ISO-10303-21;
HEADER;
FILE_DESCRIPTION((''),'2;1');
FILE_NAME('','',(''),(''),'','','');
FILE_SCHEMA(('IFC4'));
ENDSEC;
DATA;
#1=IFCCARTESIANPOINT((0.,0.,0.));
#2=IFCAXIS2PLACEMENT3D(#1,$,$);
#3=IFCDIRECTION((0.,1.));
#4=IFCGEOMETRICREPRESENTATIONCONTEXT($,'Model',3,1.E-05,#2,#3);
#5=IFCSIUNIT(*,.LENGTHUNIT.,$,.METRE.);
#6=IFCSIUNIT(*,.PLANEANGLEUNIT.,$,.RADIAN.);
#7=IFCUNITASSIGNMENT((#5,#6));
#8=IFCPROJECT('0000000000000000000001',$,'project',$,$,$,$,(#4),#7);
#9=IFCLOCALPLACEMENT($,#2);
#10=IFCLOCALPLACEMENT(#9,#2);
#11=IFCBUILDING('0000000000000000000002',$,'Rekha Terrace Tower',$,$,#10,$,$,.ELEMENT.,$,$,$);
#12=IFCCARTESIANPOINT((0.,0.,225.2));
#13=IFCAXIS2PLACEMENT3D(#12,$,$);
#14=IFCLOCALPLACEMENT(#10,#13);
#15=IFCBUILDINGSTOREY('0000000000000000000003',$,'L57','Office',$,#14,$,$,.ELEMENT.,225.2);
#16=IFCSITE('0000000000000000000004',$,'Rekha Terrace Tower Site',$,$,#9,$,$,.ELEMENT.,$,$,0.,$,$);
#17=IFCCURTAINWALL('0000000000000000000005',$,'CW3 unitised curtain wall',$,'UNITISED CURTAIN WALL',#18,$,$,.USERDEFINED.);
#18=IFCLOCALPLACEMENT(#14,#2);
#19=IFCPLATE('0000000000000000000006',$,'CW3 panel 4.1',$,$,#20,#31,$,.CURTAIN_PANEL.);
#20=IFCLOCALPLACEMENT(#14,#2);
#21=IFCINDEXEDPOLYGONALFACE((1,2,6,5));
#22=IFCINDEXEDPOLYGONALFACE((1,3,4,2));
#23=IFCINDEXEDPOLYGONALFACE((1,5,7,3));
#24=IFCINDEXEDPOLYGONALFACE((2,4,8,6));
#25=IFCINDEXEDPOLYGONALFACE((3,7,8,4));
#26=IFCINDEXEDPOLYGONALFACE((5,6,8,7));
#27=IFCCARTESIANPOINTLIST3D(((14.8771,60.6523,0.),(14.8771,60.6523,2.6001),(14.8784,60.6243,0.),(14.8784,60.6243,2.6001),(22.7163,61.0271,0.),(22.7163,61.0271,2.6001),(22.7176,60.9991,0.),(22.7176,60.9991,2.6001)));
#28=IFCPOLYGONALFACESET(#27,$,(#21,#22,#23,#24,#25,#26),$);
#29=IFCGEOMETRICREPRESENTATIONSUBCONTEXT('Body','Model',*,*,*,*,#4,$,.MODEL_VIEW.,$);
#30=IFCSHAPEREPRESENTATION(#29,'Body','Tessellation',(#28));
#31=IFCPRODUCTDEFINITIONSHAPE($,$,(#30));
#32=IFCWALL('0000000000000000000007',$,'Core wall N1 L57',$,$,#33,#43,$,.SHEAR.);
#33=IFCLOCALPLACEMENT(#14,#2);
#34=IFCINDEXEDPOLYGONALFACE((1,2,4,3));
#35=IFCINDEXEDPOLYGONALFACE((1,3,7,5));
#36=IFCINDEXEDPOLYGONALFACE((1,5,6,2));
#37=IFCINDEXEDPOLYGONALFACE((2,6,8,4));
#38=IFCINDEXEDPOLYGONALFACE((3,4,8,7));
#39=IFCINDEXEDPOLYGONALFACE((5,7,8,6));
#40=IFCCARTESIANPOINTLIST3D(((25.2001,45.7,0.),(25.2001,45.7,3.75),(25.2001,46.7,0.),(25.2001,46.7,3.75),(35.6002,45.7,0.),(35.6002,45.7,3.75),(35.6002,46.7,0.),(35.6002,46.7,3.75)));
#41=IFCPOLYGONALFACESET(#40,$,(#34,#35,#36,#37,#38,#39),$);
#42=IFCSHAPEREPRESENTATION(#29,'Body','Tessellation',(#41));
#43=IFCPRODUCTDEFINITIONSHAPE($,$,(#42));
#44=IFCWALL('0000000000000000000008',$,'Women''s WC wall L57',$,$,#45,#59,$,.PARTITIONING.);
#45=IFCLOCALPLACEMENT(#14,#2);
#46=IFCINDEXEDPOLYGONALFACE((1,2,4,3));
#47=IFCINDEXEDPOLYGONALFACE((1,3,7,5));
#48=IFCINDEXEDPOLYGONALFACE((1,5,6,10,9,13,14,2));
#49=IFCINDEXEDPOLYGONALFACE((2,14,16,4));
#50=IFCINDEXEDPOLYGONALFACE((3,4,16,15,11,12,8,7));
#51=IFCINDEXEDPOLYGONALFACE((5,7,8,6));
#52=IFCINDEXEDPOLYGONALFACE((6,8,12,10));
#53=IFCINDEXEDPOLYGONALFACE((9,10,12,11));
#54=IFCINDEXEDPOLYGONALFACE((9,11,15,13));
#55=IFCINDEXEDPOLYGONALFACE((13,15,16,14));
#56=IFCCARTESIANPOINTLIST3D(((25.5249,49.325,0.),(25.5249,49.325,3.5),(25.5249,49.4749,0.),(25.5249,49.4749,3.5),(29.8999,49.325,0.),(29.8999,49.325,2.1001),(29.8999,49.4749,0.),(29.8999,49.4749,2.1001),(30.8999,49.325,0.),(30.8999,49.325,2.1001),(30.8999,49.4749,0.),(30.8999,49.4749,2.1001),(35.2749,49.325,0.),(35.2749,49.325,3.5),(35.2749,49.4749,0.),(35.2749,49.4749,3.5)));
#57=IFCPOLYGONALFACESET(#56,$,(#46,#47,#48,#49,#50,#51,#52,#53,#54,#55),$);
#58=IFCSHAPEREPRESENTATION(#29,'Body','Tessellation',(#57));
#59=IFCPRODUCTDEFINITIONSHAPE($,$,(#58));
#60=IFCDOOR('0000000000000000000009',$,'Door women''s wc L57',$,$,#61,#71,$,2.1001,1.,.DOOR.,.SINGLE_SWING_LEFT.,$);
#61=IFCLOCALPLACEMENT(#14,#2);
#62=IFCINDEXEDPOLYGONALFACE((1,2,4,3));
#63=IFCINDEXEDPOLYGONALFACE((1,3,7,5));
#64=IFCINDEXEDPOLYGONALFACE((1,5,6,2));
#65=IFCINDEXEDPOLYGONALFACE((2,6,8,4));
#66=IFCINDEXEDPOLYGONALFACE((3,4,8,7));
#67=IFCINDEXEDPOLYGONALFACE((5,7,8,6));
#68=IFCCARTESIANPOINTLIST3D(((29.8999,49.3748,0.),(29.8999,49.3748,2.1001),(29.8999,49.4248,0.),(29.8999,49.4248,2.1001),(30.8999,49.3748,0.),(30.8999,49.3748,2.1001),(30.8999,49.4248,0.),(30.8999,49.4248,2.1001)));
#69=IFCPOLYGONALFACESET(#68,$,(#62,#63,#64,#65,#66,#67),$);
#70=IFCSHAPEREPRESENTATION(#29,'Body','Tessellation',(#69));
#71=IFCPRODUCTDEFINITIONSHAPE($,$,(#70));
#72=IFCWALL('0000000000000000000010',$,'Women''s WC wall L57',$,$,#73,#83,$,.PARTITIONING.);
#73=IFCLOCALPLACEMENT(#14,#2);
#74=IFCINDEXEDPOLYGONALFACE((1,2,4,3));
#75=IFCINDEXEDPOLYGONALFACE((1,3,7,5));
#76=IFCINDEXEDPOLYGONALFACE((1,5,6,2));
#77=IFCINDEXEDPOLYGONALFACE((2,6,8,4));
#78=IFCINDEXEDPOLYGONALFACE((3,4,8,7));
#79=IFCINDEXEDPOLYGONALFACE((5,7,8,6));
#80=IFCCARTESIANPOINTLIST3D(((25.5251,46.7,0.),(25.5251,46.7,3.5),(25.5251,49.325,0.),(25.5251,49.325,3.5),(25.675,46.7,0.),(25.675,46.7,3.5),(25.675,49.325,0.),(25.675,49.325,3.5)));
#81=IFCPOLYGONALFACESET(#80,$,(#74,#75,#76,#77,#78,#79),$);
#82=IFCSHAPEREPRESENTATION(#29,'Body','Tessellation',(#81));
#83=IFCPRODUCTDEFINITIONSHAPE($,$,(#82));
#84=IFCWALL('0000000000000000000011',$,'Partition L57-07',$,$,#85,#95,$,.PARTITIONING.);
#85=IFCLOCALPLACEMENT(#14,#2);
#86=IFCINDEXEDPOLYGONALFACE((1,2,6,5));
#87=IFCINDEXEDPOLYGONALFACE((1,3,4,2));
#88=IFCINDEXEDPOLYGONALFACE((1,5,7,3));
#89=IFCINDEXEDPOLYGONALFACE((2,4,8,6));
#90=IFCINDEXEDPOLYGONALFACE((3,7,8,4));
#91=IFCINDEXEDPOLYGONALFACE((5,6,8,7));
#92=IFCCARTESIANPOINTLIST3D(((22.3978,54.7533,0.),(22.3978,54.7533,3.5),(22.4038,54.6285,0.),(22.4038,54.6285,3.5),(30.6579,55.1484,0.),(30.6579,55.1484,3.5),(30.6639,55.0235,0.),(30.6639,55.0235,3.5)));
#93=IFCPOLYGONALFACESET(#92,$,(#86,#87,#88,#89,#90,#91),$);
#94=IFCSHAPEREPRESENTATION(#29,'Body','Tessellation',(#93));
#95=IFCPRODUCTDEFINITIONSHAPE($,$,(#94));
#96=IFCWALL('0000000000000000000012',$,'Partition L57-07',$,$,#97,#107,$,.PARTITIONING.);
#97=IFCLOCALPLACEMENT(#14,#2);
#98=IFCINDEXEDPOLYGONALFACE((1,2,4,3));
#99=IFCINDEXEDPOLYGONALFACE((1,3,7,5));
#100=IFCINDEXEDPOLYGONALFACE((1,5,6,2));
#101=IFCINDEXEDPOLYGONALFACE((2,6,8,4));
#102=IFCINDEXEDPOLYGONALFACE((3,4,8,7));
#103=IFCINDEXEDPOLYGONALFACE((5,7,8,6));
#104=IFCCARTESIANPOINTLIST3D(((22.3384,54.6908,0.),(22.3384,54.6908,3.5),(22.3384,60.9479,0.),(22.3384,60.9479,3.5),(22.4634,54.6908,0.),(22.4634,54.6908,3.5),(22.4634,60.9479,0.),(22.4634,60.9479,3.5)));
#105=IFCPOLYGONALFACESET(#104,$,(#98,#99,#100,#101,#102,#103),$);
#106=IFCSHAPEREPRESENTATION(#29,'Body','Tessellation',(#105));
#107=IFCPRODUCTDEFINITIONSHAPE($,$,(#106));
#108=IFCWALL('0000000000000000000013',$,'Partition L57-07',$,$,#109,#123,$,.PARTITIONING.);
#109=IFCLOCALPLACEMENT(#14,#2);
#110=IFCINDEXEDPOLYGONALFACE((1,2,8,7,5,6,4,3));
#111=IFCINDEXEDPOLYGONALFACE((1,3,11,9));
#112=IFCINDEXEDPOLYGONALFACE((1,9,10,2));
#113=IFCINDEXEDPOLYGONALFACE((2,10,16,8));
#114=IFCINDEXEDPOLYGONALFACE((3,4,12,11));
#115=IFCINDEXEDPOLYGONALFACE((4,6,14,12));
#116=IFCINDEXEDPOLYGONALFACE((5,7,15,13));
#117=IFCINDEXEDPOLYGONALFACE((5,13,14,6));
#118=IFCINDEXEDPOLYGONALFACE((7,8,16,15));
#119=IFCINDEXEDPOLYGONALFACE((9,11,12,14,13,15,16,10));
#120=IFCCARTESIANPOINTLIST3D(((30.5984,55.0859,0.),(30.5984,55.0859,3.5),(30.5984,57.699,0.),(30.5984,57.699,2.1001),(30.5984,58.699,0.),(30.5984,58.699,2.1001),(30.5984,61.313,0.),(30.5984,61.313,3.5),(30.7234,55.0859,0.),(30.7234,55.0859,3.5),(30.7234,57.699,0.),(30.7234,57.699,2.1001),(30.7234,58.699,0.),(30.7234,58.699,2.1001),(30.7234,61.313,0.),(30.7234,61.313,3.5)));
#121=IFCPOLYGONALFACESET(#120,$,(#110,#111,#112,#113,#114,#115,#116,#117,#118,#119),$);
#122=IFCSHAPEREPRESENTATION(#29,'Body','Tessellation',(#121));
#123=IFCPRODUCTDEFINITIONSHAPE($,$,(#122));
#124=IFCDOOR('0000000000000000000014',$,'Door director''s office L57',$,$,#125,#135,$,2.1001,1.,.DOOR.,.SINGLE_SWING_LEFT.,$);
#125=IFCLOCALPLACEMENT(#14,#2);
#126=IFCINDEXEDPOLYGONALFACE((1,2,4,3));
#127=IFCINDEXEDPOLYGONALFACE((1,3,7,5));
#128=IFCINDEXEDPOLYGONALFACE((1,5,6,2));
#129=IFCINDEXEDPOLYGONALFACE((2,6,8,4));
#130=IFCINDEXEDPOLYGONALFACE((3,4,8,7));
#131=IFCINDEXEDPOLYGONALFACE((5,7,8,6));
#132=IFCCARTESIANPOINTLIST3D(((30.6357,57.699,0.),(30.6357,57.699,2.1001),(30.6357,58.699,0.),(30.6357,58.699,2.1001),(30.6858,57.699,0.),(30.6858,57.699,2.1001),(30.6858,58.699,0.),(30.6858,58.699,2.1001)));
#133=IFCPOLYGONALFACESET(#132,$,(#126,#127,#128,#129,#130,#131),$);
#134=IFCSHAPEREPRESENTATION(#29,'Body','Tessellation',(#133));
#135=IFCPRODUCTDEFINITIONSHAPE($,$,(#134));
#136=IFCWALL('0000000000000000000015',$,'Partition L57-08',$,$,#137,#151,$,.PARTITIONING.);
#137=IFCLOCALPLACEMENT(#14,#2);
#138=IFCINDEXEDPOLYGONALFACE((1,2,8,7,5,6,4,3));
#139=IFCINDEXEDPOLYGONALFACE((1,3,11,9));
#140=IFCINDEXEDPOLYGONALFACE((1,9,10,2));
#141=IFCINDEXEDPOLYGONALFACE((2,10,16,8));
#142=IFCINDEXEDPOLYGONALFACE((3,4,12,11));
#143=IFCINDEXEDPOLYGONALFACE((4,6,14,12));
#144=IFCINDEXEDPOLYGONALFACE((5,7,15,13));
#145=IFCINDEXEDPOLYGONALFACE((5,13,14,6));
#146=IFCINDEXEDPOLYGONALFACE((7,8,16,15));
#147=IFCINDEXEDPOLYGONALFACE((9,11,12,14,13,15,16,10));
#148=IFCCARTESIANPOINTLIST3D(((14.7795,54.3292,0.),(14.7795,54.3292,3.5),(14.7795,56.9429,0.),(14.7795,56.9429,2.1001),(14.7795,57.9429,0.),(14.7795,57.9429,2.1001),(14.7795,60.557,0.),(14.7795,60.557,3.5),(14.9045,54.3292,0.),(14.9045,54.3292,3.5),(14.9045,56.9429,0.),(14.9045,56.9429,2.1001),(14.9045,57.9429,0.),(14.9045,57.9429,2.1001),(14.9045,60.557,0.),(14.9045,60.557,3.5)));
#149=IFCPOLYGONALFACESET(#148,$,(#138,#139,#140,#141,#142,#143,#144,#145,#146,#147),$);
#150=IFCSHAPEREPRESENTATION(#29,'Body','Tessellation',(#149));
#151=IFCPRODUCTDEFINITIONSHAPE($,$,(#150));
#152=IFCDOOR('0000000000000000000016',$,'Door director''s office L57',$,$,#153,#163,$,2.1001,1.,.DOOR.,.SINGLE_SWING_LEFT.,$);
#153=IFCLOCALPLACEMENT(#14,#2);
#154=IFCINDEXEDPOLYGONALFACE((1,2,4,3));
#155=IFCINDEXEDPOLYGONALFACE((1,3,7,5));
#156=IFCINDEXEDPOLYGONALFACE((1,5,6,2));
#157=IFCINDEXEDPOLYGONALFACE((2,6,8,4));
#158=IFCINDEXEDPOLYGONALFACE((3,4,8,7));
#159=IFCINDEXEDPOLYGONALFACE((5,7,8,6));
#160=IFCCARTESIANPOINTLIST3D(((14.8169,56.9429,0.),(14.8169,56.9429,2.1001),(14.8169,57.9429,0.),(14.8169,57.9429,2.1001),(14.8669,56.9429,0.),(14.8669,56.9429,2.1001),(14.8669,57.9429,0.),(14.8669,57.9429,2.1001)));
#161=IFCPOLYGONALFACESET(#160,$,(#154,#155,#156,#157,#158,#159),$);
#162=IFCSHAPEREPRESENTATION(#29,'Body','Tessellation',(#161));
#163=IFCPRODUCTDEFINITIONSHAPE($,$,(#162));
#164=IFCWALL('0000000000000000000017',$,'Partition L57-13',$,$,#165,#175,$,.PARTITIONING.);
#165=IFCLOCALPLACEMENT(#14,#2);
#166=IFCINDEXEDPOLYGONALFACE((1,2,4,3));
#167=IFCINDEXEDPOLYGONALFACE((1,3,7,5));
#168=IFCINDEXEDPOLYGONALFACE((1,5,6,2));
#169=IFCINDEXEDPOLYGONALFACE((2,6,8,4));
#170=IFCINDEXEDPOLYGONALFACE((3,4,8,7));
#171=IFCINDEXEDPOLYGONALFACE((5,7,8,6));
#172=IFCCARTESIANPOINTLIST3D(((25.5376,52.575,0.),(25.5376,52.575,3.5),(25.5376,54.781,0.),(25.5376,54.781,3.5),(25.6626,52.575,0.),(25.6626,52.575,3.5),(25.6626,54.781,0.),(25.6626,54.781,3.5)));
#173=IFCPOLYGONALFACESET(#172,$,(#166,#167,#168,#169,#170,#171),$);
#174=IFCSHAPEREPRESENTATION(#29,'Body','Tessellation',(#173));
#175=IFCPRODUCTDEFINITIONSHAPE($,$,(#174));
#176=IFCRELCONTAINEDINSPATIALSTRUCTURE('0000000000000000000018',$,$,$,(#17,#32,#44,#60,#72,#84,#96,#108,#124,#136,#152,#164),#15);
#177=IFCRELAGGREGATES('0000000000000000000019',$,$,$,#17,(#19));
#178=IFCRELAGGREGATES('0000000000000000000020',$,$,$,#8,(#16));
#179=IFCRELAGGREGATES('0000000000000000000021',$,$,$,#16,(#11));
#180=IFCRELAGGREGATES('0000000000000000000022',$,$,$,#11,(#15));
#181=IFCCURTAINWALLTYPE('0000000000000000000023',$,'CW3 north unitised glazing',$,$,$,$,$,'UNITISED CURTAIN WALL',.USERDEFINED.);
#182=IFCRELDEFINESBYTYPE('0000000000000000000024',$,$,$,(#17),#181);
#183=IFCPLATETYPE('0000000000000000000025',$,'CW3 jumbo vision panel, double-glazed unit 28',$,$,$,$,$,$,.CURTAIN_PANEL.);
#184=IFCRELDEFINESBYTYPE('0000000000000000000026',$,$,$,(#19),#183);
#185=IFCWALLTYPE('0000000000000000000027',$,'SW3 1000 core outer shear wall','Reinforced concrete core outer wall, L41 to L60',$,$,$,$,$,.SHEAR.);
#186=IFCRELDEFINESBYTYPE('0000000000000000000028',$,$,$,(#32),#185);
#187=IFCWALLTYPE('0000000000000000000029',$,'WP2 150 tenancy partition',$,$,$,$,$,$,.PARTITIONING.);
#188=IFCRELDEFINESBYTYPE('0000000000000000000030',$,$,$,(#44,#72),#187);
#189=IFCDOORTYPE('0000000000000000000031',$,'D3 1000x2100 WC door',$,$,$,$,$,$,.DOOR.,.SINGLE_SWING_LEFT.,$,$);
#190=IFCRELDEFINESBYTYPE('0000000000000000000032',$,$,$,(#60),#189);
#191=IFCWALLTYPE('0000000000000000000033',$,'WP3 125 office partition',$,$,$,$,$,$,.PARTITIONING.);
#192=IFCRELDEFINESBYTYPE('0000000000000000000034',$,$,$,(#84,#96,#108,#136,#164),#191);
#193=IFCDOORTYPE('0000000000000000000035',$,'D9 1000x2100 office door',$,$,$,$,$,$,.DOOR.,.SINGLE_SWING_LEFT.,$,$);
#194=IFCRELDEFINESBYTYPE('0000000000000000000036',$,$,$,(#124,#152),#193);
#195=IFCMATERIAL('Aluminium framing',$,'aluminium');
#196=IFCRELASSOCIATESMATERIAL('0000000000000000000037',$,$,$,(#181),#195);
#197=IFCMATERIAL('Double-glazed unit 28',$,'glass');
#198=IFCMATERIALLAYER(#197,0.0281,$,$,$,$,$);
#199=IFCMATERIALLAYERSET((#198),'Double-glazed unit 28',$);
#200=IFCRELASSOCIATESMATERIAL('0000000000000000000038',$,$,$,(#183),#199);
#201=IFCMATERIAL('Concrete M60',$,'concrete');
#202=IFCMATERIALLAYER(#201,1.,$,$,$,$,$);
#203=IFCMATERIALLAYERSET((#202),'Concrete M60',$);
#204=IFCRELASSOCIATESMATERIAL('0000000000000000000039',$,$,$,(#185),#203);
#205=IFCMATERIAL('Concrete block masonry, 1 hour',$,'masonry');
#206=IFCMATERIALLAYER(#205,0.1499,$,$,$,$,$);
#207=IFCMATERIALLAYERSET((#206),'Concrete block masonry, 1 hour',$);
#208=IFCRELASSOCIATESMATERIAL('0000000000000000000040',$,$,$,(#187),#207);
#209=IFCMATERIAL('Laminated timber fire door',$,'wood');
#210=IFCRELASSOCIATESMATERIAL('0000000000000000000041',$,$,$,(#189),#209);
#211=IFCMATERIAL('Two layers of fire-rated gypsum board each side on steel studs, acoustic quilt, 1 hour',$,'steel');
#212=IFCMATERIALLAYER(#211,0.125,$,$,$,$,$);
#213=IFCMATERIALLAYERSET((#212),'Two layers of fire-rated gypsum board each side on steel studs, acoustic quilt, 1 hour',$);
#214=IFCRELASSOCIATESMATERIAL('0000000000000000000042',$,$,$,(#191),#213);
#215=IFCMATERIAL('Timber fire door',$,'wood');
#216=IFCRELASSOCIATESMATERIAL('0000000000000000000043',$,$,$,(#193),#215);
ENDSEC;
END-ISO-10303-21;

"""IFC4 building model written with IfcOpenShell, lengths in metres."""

from ifc_helpers import new_model, si_unit, direction, frame, frame_2d, origin, origin_2d, place, context, subcontext, project, spatial, rectangle, extrude, material, layer, layer_set, type_object, element, fill, aggregate, save


model = new_model("IFC4")

# Units and contexts
model_context = context("Model", 3, precision=1e-05, world=origin(), true_north=direction((0.0, 1.0)))
body_context = subcontext(model_context, "Body", "Model", "MODEL_VIEW")
ifc_project = project(units=[si_unit("LENGTHUNIT", "METRE"), si_unit("PLANEANGLEUNIT", "RADIAN")], contexts=[model_context])

# Site, building, storey
site_placement = place(None, origin())
site = spatial("IfcSite", under=ifc_project, at=site_placement, Name="Rekha Terrace Tower Site", CompositionType="ELEMENT", RefElevation=0.0)
building_placement = place(site_placement, origin())
building = spatial("IfcBuilding", under=site, at=building_placement, Name="Rekha Terrace Tower", CompositionType="ELEMENT")
storey_placement = place(building_placement, frame((0.0, 0.0, 225.2)))
storey = spatial("IfcBuildingStorey", under=building, at=storey_placement, Name="L57", Description="Office", CompositionType="ELEMENT", Elevation=225.2)

# Curtain wall, plate
ifc_material_1 = material(Name="Aluminium framing", Category="aluminium")
curtain_wall_type = type_object("IfcCurtainWallType", Name="CW3 north unitised glazing", ElementType="UNITISED CURTAIN WALL", PredefinedType="USERDEFINED", material=ifc_material_1)
curtain_wall_placement = place(storey_placement, origin())
curtain_wall = element("IfcCurtainWall", 1, at=curtain_wall_placement, inside=storey, type_object=curtain_wall_type, Name="CW3 unitised curtain wall", ObjectType="UNITISED CURTAIN WALL", PredefinedType="USERDEFINED")
ifc_material_2 = material(Name="Double-glazed unit 28", Category="glass")
ifc_layer_1 = layer(ifc_material_2, 0.0281)
ifc_layer_set_1 = layer_set([ifc_layer_1], Name="Double-glazed unit 28")
plate_type = type_object("IfcPlateType", Name="CW3 jumbo vision panel, double-glazed unit 28", PredefinedType="CURTAIN_PANEL", material=ifc_layer_set_1)
plate_1_placement = place(storey_placement, frame((18.7974, 60.8257, 0.0), z_axis=(0.0, 0.0, 1.0), x_axis=(-0.998859, -0.047759, 0.0)))
plate_1 = element("IfcPlate", 2, at=plate_1_placement, type_object=plate_type, Name="CW3 panel 4.1", PredefinedType="CURTAIN_PANEL", context=body_context, shape_type="SweptSolid", body=[
    extrude(rectangle(XDim=7.8481, YDim=0.0281, at=origin_2d()), origin(), (0.0, 0.0, 1.0), 2.6001),
])
aggregate(curtain_wall, [plate_1])

# Wall
ifc_material_3 = material(Name="Concrete M60", Category="concrete")
ifc_layer_2 = layer(ifc_material_3, 1.0)
ifc_layer_set_2 = layer_set([ifc_layer_2], Name="Concrete M60")
wall_type_1 = type_object("IfcWallType", Name="SW3 1000 core outer shear wall", Description="Reinforced concrete core outer wall, L41 to L60", PredefinedType="SHEAR", material=ifc_layer_set_2)
wall_1_placement = place(storey_placement, frame((25.2, 46.2, 0.0), z_axis=(0.0, 0.0, 1.0), x_axis=(1.0, 0.0, 0.0)))
element("IfcWall", 3, at=wall_1_placement, inside=storey, type_object=wall_type_1, Name="Core wall N1 L57", PredefinedType="SHEAR", context=body_context, shape_type="SweptSolid", body=[
    extrude(rectangle(XDim=10.4001, YDim=1.0, at=frame_2d((5.2002, 0.0))), origin(), (0.0, 0.0, 1.0), 3.75),
])

# Wall, opening, door
ifc_material_4 = material(Name="Concrete block masonry, 1 hour", Category="masonry")
ifc_layer_3 = layer(ifc_material_4, 0.1499)
ifc_layer_set_3 = layer_set([ifc_layer_3], Name="Concrete block masonry, 1 hour")
wall_type_2 = type_object("IfcWallType", Name="WP2 150 tenancy partition", PredefinedType="PARTITIONING", material=ifc_layer_set_3)
wall_2_placement = place(storey_placement, frame((25.5249, 49.3999, 0.0), z_axis=(0.0, 0.0, 1.0), x_axis=(1.0, 0.0, 0.0)))
wall_2 = element("IfcWall", 4, at=wall_2_placement, inside=storey, type_object=wall_type_2, Name="Women's WC wall L57", PredefinedType="PARTITIONING", context=body_context, shape_type="SweptSolid", body=[
    extrude(rectangle(XDim=9.75, YDim=0.1499, at=frame_2d((4.875, 0.0))), origin(), (0.0, 0.0, 1.0), 3.5),
])
opening_1_placement = place(wall_2_placement, frame((4.375, 0.0, 0.0)))
opening_1 = element("IfcOpeningElement", 5, at=opening_1_placement, cuts=wall_2, PredefinedType="OPENING", context=body_context, shape_type="SweptSolid", body=[
    extrude(rectangle(XDim=1.0, YDim=2.1001, at=frame_2d((0.5, 1.05))), frame((0.0, 0.085, 0.0), z_axis=(0.0, -1.0, 0.0), x_axis=(1.0, 0.0, 0.0)), (0.0, 0.0, 1.0), 0.1699),
])
ifc_material_5 = material(Name="Laminated timber fire door", Category="wood")
door_type_1 = type_object("IfcDoorType", Name="D3 1000x2100 WC door", OperationType="SINGLE_SWING_LEFT", PredefinedType="DOOR", material=ifc_material_5)
door_1_placement = place(opening_1_placement, origin())
door_1 = element("IfcDoor", 6, at=door_1_placement, inside=storey, type_object=door_type_1, Name="Door women's wc L57", OperationType="SINGLE_SWING_LEFT", OverallHeight=2.1001, OverallWidth=1.0, PredefinedType="DOOR", context=body_context, shape_type="SweptSolid", body=[
    extrude(rectangle(XDim=1.0, YDim=2.1001, at=frame_2d((0.5, 1.05))), frame((0.0, 0.0249, 0.0), z_axis=(0.0, -1.0, 0.0), x_axis=(1.0, 0.0, 0.0)), (0.0, 0.0, 1.0), 0.05),
])
fill(opening_1, door_1)

# Walls
wall_3_placement = place(storey_placement, frame((25.6001, 46.7, 0.0), z_axis=(0.0, 0.0, 1.0), x_axis=(0.0, 1.0, 0.0)))
element("IfcWall", 7, at=wall_3_placement, inside=storey, type_object=wall_type_2, Name="Women's WC wall L57", PredefinedType="PARTITIONING", context=body_context, shape_type="SweptSolid", body=[
    extrude(rectangle(XDim=2.625, YDim=0.1499, at=frame_2d((1.3125, 0.0))), origin(), (0.0, 0.0, 1.0), 3.5),
])
ifc_material_6 = material(Name="Two layers of fire-rated gypsum board each side on steel studs, acoustic quilt, 1 hour", Category="steel")
ifc_layer_4 = layer(ifc_material_6, 0.125)
ifc_layer_set_4 = layer_set([ifc_layer_4], Name="Two layers of fire-rated gypsum board each side on steel studs, acoustic quilt, 1 hour")
wall_type_3 = type_object("IfcWallType", Name="WP3 125 office partition", PredefinedType="PARTITIONING", material=ifc_layer_set_4)
wall_4_placement = place(storey_placement, frame((30.6609, 55.0859, 0.0), z_axis=(0.0, 0.0, 1.0), x_axis=(-0.998858, -0.047769, 0.0)))
element("IfcWall", 8, at=wall_4_placement, inside=storey, type_object=wall_type_3, Name="Partition L57-07", PredefinedType="PARTITIONING", context=body_context, shape_type="SweptSolid", body=[
    extrude(rectangle(XDim=8.2695, YDim=0.125, at=frame_2d((4.1348, 0.0))), origin(), (0.0, 0.0, 1.0), 3.5),
])
wall_5_placement = place(storey_placement, frame((22.4009, 54.6909, 0.0), z_axis=(0.0, 0.0, 1.0), x_axis=(0.0, 1.0, 0.0)))
element("IfcWall", 9, at=wall_5_placement, inside=storey, type_object=wall_type_3, Name="Partition L57-07", PredefinedType="PARTITIONING", context=body_context, shape_type="SweptSolid", body=[
    extrude(rectangle(XDim=6.2571, YDim=0.125, at=frame_2d((3.1284, 0.0))), origin(), (0.0, 0.0, 1.0), 3.5),
])

# Walls, openings, doors
wall_6_placement = place(storey_placement, frame((30.6609, 61.313, 0.0), z_axis=(0.0, 0.0, 1.0), x_axis=(0.0, -1.0, 0.0)))
wall_6 = element("IfcWall", 10, at=wall_6_placement, inside=storey, type_object=wall_type_3, Name="Partition L57-07", PredefinedType="PARTITIONING", context=body_context, shape_type="SweptSolid", body=[
    extrude(rectangle(XDim=6.2271, YDim=0.125, at=frame_2d((3.1135, 0.0))), origin(), (0.0, 0.0, 1.0), 3.5),
])
opening_2_placement = place(wall_6_placement, frame((2.614, 0.0, 0.0)))
opening_2 = element("IfcOpeningElement", 11, at=opening_2_placement, cuts=wall_6, PredefinedType="OPENING", context=body_context, shape_type="SweptSolid", body=[
    extrude(rectangle(XDim=1.0, YDim=2.1001, at=frame_2d((0.5, 1.05))), frame((0.0, 0.0725, 0.0), z_axis=(0.0, -1.0, 0.0), x_axis=(1.0, 0.0, 0.0)), (0.0, 0.0, 1.0), 0.145),
])
ifc_material_7 = material(Name="Timber fire door", Category="wood")
door_type_2 = type_object("IfcDoorType", Name="D9 1000x2100 office door", OperationType="SINGLE_SWING_LEFT", PredefinedType="DOOR", material=ifc_material_7)
door_2_placement = place(opening_2_placement, origin())
door_2 = element("IfcDoor", 12, at=door_2_placement, inside=storey, type_object=door_type_2, Name="Door director's office L57", OperationType="SINGLE_SWING_LEFT", OverallHeight=2.1001, OverallWidth=1.0, PredefinedType="DOOR", context=body_context, shape_type="SweptSolid", body=[
    extrude(rectangle(XDim=1.0, YDim=2.1001, at=frame_2d((0.5, 1.05))), frame((0.0, 0.0249, 0.0), z_axis=(0.0, -1.0, 0.0), x_axis=(1.0, 0.0, 0.0)), (0.0, 0.0, 1.0), 0.05),
])
fill(opening_2, door_2)
wall_7_placement = place(storey_placement, frame((14.842, 60.5569, 0.0), z_axis=(0.0, 0.0, 1.0), x_axis=(0.0, -1.0, 0.0)))
wall_7 = element("IfcWall", 13, at=wall_7_placement, inside=storey, type_object=wall_type_3, Name="Partition L57-08", PredefinedType="PARTITIONING", context=body_context, shape_type="SweptSolid", body=[
    extrude(rectangle(XDim=6.2278, YDim=0.125, at=frame_2d((3.1138, 0.0))), origin(), (0.0, 0.0, 1.0), 3.5),
])
opening_3_placement = place(wall_7_placement, frame((2.614, 0.0, 0.0)))
opening_3 = element("IfcOpeningElement", 14, at=opening_3_placement, cuts=wall_7, PredefinedType="OPENING", context=body_context, shape_type="SweptSolid", body=[
    extrude(rectangle(XDim=1.0, YDim=2.1001, at=frame_2d((0.5, 1.05))), frame((0.0, 0.0725, 0.0), z_axis=(0.0, -1.0, 0.0), x_axis=(1.0, 0.0, 0.0)), (0.0, 0.0, 1.0), 0.145),
])
door_3_placement = place(opening_3_placement, origin())
door_3 = element("IfcDoor", 15, at=door_3_placement, inside=storey, type_object=door_type_2, Name="Door director's office L57", OperationType="SINGLE_SWING_LEFT", OverallHeight=2.1001, OverallWidth=1.0, PredefinedType="DOOR", context=body_context, shape_type="SweptSolid", body=[
    extrude(rectangle(XDim=1.0, YDim=2.1001, at=frame_2d((0.5, 1.05))), frame((0.0, 0.0249, 0.0), z_axis=(0.0, -1.0, 0.0), x_axis=(1.0, 0.0, 0.0)), (0.0, 0.0, 1.0), 0.05),
])
fill(opening_3, door_3)

# Wall
wall_8_placement = place(storey_placement, frame((25.6001, 54.781, 0.0), z_axis=(0.0, 0.0, 1.0), x_axis=(0.0, -1.0, 0.0)))
element("IfcWall", 16, at=wall_8_placement, inside=storey, type_object=wall_type_3, Name="Partition L57-13", PredefinedType="PARTITIONING", context=body_context, shape_type="SweptSolid", body=[
    extrude(rectangle(XDim=2.2061, YDim=0.125, at=frame_2d((1.103, 0.0))), origin(), (0.0, 0.0, 1.0), 3.5),
])

save(model, "model.ifc")
